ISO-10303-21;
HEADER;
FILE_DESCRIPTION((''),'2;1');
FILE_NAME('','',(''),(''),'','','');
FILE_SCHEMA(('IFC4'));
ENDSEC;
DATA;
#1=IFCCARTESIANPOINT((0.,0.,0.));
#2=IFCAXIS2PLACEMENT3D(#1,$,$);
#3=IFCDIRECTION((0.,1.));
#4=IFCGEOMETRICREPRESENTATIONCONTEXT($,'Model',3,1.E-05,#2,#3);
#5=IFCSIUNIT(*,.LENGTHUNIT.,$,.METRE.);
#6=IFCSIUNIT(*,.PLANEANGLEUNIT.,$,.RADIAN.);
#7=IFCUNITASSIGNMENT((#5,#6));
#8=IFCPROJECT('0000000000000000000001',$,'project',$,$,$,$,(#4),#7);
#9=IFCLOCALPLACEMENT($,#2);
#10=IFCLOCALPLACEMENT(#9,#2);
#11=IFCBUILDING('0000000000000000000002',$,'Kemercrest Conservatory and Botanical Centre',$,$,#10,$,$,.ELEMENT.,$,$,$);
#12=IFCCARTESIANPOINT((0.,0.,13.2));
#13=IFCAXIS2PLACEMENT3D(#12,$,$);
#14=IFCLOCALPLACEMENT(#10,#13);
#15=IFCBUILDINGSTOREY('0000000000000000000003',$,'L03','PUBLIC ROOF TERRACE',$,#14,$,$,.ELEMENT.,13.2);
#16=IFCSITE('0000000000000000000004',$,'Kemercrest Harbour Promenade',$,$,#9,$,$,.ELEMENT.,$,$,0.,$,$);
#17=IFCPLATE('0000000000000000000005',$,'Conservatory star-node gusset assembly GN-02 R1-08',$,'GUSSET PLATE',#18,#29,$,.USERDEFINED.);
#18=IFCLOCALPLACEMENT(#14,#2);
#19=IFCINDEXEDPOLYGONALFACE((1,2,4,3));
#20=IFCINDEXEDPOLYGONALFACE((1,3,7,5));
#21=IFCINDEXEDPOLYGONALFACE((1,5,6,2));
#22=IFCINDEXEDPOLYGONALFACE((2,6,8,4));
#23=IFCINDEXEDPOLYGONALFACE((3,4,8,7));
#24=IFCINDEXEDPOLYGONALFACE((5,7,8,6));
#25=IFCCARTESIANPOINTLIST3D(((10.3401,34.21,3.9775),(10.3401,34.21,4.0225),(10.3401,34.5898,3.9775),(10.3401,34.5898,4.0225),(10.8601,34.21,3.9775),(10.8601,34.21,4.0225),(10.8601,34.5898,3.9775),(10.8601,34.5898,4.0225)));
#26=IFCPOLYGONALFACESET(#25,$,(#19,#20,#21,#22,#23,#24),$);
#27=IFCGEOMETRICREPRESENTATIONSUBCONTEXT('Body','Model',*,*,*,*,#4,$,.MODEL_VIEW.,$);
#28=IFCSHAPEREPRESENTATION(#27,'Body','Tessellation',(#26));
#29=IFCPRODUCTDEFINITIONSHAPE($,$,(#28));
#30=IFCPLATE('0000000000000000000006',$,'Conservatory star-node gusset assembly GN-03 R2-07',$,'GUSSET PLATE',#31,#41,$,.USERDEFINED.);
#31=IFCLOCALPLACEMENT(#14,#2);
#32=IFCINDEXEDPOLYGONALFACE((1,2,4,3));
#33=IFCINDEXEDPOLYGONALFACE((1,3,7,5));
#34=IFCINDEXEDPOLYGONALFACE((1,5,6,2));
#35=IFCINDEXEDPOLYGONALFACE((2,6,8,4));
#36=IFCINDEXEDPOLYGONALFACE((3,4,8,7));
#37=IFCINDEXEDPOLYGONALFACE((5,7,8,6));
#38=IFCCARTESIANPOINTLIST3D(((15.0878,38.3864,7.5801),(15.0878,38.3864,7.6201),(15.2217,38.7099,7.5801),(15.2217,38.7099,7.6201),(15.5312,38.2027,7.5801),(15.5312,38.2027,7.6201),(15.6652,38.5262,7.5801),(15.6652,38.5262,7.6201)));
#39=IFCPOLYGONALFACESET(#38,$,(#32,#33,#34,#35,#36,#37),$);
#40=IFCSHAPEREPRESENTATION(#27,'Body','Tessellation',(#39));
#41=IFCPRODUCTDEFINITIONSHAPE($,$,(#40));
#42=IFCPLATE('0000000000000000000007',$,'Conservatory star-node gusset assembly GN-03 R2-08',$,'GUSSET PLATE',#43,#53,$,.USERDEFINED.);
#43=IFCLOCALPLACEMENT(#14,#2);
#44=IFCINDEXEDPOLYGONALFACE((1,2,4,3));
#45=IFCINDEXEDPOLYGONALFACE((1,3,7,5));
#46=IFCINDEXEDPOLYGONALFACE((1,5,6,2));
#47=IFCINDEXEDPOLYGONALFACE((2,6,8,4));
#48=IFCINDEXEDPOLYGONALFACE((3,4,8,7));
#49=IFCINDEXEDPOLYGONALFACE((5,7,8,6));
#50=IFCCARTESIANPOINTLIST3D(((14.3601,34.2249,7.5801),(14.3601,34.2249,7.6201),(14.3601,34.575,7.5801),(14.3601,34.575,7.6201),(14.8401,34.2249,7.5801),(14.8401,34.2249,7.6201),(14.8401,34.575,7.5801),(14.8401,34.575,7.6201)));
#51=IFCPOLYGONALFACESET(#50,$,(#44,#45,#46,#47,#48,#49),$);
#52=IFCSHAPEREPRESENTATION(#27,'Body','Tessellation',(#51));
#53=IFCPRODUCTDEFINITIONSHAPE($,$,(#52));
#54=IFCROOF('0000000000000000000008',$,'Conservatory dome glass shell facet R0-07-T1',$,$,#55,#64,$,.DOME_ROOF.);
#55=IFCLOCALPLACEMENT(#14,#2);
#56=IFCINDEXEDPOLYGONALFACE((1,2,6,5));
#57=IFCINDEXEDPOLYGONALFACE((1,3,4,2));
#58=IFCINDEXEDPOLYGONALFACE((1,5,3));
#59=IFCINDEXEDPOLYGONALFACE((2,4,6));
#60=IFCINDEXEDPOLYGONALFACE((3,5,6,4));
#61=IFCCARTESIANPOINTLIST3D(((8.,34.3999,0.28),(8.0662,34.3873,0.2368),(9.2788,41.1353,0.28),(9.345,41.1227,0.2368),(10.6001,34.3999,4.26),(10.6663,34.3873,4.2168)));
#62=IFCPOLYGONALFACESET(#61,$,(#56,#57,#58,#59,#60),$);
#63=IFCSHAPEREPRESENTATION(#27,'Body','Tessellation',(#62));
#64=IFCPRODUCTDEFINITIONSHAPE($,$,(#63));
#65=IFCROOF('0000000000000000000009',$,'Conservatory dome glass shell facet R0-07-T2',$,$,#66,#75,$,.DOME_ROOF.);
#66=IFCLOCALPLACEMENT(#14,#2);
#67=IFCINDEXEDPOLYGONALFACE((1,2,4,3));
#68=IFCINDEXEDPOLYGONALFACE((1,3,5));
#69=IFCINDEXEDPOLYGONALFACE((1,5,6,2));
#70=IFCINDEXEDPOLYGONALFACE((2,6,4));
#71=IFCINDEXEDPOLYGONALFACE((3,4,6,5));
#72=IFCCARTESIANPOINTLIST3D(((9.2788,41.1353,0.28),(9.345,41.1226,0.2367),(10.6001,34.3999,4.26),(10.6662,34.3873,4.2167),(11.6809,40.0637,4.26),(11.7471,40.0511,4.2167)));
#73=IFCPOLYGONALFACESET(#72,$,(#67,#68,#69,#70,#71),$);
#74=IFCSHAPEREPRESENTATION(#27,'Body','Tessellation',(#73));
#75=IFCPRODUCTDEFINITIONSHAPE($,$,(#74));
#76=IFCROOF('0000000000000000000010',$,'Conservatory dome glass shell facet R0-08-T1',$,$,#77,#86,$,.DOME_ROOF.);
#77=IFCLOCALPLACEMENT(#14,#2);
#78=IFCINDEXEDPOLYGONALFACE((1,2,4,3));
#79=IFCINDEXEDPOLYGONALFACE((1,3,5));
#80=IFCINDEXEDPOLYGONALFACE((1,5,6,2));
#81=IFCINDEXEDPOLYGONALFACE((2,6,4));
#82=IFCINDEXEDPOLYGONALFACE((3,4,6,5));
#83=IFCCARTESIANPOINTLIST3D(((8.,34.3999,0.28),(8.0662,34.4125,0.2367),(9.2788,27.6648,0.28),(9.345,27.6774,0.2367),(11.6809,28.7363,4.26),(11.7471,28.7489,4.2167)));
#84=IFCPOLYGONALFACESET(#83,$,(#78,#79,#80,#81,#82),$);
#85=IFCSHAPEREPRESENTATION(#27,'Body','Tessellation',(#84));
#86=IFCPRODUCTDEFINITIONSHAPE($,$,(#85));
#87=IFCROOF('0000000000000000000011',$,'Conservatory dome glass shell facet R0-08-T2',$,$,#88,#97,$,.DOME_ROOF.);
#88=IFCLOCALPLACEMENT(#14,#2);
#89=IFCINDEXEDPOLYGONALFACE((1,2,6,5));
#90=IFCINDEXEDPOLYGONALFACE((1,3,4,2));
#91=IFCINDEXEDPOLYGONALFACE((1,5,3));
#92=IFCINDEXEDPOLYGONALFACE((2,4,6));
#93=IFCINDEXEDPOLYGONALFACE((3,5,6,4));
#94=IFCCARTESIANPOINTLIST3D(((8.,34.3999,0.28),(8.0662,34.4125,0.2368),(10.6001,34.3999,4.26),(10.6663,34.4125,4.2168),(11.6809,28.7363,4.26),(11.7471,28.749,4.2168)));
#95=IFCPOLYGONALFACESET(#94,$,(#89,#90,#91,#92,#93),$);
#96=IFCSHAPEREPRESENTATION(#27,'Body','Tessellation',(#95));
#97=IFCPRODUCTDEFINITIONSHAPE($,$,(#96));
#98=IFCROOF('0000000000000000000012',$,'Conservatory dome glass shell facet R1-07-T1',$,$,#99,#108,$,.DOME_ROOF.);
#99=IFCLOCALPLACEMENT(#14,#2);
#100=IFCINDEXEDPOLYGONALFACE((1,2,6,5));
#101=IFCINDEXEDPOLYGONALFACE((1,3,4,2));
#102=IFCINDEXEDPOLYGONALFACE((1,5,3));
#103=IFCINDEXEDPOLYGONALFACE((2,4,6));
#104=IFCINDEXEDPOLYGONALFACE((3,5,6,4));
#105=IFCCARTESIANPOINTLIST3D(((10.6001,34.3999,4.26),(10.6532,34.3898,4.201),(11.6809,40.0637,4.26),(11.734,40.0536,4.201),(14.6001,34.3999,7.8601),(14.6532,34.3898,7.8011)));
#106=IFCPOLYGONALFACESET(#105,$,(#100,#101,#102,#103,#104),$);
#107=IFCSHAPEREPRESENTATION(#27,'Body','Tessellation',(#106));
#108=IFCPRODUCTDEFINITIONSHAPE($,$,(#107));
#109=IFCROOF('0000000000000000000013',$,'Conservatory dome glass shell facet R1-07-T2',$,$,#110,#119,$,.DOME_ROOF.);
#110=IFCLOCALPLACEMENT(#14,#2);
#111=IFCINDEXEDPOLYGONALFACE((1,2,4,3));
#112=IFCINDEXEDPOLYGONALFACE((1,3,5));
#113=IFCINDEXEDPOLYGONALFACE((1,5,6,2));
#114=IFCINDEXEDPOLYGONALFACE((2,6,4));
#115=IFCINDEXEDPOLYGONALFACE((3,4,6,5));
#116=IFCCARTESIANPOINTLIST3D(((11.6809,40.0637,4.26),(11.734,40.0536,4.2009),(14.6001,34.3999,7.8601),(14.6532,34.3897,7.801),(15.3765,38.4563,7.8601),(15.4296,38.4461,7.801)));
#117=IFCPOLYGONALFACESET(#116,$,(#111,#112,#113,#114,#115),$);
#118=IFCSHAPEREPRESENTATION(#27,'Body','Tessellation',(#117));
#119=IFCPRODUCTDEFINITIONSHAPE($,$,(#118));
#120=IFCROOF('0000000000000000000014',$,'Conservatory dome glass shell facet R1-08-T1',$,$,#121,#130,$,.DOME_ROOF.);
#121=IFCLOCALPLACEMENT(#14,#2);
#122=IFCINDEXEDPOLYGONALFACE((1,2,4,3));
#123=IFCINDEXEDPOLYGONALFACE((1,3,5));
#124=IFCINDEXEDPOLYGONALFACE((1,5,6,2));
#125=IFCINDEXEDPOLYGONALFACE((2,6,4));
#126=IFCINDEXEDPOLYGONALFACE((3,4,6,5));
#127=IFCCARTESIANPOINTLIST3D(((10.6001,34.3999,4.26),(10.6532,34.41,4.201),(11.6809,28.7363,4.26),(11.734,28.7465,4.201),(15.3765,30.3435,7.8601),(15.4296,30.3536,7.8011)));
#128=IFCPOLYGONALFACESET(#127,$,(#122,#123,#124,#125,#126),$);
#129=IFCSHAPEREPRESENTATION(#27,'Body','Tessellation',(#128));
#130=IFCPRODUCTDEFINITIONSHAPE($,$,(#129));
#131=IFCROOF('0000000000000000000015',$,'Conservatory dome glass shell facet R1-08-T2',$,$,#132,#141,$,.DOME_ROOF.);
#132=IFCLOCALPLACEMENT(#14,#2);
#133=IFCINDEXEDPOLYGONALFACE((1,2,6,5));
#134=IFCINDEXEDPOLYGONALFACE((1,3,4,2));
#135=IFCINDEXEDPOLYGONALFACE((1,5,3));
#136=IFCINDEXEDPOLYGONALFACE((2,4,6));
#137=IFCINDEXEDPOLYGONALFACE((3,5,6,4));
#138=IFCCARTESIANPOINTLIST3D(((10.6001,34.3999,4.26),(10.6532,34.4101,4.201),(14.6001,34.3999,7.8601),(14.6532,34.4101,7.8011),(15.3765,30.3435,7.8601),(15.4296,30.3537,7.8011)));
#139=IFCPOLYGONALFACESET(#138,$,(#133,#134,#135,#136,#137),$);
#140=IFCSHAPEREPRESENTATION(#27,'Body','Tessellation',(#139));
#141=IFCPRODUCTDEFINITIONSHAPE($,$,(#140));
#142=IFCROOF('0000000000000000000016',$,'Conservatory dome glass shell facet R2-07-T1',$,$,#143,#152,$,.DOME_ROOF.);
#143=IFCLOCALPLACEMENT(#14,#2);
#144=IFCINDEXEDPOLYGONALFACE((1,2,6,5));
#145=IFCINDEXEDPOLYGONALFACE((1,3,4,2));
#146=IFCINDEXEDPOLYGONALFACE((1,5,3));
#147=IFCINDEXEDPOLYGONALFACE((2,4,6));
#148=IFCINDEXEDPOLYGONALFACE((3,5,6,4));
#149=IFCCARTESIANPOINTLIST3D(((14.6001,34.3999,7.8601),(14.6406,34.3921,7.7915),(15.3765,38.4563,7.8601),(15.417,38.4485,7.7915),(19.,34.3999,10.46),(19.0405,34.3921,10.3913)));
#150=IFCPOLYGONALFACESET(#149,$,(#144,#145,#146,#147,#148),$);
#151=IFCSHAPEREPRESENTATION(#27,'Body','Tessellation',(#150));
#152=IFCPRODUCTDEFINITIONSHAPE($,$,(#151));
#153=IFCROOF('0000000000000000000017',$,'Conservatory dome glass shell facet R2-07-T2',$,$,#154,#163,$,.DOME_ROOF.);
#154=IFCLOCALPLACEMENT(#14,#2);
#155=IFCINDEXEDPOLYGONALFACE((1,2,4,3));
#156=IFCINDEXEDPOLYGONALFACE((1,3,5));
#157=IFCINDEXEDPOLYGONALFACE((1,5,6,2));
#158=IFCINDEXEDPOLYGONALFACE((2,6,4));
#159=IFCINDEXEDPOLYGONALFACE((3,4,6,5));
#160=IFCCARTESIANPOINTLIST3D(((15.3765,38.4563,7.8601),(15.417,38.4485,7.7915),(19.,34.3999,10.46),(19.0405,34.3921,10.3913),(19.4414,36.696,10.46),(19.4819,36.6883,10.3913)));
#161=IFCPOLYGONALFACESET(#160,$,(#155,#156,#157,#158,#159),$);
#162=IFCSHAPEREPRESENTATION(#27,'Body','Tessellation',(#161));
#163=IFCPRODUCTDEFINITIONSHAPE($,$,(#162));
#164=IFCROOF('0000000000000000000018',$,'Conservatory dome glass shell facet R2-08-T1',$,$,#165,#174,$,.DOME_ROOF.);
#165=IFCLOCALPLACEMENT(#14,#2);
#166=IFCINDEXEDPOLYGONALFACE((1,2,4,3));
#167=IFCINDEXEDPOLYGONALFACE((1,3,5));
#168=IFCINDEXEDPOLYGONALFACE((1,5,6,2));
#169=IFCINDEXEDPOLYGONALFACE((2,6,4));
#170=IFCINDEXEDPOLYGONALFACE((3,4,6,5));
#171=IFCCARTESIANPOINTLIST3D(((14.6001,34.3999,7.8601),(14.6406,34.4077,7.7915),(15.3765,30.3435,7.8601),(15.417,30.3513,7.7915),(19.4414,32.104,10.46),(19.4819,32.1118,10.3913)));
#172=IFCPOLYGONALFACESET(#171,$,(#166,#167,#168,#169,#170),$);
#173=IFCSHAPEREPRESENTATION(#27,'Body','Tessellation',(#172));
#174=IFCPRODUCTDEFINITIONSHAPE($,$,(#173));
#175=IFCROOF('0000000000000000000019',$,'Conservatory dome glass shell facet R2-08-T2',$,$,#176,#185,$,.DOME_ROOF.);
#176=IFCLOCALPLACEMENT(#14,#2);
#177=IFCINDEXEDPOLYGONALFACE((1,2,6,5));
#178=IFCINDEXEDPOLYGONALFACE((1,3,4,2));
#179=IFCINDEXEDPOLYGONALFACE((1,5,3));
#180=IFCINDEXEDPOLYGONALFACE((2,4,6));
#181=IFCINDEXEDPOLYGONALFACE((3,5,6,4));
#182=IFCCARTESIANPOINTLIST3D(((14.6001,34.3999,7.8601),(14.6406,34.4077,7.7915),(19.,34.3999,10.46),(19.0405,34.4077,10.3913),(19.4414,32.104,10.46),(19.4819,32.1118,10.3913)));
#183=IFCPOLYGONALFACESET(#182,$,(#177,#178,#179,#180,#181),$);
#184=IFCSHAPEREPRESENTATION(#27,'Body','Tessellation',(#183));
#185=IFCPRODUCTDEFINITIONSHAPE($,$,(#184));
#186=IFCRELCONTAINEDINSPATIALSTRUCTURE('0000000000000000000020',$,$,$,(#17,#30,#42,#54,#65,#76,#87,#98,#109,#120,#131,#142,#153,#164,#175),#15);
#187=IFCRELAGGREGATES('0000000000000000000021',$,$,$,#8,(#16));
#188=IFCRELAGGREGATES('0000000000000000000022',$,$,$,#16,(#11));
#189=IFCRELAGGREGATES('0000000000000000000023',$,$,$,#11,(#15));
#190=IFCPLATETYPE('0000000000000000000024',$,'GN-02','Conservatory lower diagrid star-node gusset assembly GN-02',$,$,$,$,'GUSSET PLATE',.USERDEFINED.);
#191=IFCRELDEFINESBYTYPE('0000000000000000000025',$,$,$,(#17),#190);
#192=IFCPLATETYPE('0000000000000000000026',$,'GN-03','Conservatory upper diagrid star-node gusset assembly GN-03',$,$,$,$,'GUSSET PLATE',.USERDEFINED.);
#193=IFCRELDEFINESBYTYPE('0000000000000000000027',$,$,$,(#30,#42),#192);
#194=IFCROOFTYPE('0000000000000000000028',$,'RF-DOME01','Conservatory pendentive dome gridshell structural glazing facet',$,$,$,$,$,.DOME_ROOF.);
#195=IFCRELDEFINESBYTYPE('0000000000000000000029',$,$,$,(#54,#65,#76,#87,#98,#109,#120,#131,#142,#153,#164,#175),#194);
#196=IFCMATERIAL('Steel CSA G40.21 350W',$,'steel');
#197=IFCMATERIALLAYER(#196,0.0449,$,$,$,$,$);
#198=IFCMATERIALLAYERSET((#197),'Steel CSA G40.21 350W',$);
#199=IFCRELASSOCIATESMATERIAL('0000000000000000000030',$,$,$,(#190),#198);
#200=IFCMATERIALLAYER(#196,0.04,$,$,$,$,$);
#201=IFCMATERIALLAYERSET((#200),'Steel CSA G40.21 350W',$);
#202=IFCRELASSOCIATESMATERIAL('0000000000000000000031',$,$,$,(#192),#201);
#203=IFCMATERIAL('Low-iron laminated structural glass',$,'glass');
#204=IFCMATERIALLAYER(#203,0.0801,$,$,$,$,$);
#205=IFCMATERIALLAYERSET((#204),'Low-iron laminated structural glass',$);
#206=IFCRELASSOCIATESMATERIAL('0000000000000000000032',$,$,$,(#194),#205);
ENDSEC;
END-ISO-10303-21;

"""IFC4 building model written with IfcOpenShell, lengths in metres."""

from ifc_helpers import new_model, si_unit, direction, frame, origin, origin_2d, place, context, subcontext, project, spatial, polyline, rectangle, outline, extrude, material, layer, layer_set, type_object, element, save


model = new_model("IFC4")

# Units and contexts
model_context = context("Model", 3, precision=1e-05, world=origin(), true_north=direction((0.0, 1.0)))
body_context = subcontext(model_context, "Body", "Model", "MODEL_VIEW")
ifc_project = project(units=[si_unit("LENGTHUNIT", "METRE"), si_unit("PLANEANGLEUNIT", "RADIAN")], contexts=[model_context])

# Site, building, storey
site_placement = place(None, origin())
site = spatial("IfcSite", under=ifc_project, at=site_placement, Name="Kemercrest Harbour Promenade", CompositionType="ELEMENT", RefElevation=0.0)
building_placement = place(site_placement, origin())
building = spatial("IfcBuilding", under=site, at=building_placement, Name="Kemercrest Conservatory and Botanical Centre", CompositionType="ELEMENT")
storey_placement = place(building_placement, frame((0.0, 0.0, 13.2)))
storey = spatial("IfcBuildingStorey", under=building, at=storey_placement, Name="L03", Description="PUBLIC ROOF TERRACE", CompositionType="ELEMENT", Elevation=13.2)

# Shared definitions
ifc_material_1 = material(Name="Steel CSA G40.21 350W", Category="steel")

# Plates
ifc_layer_1 = layer(ifc_material_1, 0.0449)
ifc_layer_set_1 = layer_set([ifc_layer_1], Name="Steel CSA G40.21 350W")
plate_type_1 = type_object("IfcPlateType", Name="GN-02", Description="Conservatory lower diagrid star-node gusset assembly GN-02", ElementType="GUSSET PLATE", PredefinedType="USERDEFINED", material=ifc_layer_set_1)
for number, where, z_axis, x_axis, name in (
    (1, (10.6001, 34.3999, 3.9775), (0.0, 0.0, 1.0), (1.0, 0.0, 0.0), "Conservatory star-node gusset assembly GN-02 R1-08"),
):
    element("IfcPlate", number, at=place(storey_placement, frame(where, z_axis=z_axis, x_axis=x_axis)), inside=storey, type_object=plate_type_1, Name=name, ObjectType="GUSSET PLATE", PredefinedType="USERDEFINED", context=body_context, shape_type="SweptSolid", body=[
        extrude(rectangle(XDim=0.52, YDim=0.3799, at=origin_2d()), origin(), (0.0, 0.0, 1.0), 0.0449),
    ])
ifc_layer_2 = layer(ifc_material_1, 0.04)
ifc_layer_set_2 = layer_set([ifc_layer_2], Name="Steel CSA G40.21 350W")
plate_type_2 = type_object("IfcPlateType", Name="GN-03", Description="Conservatory upper diagrid star-node gusset assembly GN-03", ElementType="GUSSET PLATE", PredefinedType="USERDEFINED", material=ifc_layer_set_2)
for number, where, z_axis, x_axis, name in (
    (2, (15.3765, 38.4563, 7.5801), (0.0, 0.0, 1.0), (-0.92388, 0.382683, 0.0), "Conservatory star-node gusset assembly GN-03 R2-07"),
    (3, (14.6001, 34.3999, 7.5801), (0.0, 0.0, 1.0), (1.0, 0.0, 0.0), "Conservatory star-node gusset assembly GN-03 R2-08"),
):
    element("IfcPlate", number, at=place(storey_placement, frame(where, z_axis=z_axis, x_axis=x_axis)), inside=storey, type_object=plate_type_2, Name=name, ObjectType="GUSSET PLATE", PredefinedType="USERDEFINED", context=body_context, shape_type="SweptSolid", body=[
        extrude(rectangle(XDim=0.48, YDim=0.3501, at=origin_2d()), origin(), (0.0, 0.0, 1.0), 0.04),
    ])

# Roofs
ifc_material_2 = material(Name="Low-iron laminated structural glass", Category="glass")
ifc_layer_3 = layer(ifc_material_2, 0.0801)
ifc_layer_set_3 = layer_set([ifc_layer_3], Name="Low-iron laminated structural glass")
roof_type = type_object("IfcRoofType", Name="RF-DOME01", Description="Conservatory pendentive dome gridshell structural glazing facet", PredefinedType="DOME_ROOF", material=ifc_layer_set_3)
roof_1_placement = place(storey_placement, frame((9.2788, 41.1353, 0.28), z_axis=(-0.826802, 0.156981, 0.540145), x_axis=(-0.186533, -0.982449, 0.0)))
element("IfcRoof", 4, at=roof_1_placement, inside=storey, type_object=roof_type, Name="Conservatory dome glass shell facet R0-07-T1", PredefinedType="DOME_ROOF", context=body_context, shape_type="SweptSolid", body=[
    extrude(outline(polyline([(0.0, 0.0), (6.8557, 0.0), (6.3707, 4.7292), (0.0, 0.0)])), origin(), (0.0, 0.0, -1.0), 0.0801),
])
roof_2_placement = place(storey_placement, frame((9.2788, 41.1353, 0.28), z_axis=(-0.826097, 0.157642, 0.541029), x_axis=(0.166532, -0.848905, 0.501625)))
element("IfcRoof", 5, at=roof_2_placement, inside=storey, type_object=roof_type, Name="Conservatory dome glass shell facet R0-07-T2", PredefinedType="DOME_ROOF", context=body_context, shape_type="SweptSolid", body=[
    extrude(outline(polyline([(0.0, 0.0), (7.9342, 0.0), (3.3061, 3.4392), (0.0, 0.0)])), origin(), (0.0, 0.0, -1.0), 0.0801),
])
roof_3_placement = place(storey_placement, frame((8.0, 34.3999, 0.28), z_axis=(-0.826295, -0.15689, 0.540946), x_axis=(0.186539, -0.982447, 0.0)))
element("IfcRoof", 6, at=roof_3_placement, inside=storey, type_object=roof_type, Name="Conservatory dome glass shell facet R0-08-T1", PredefinedType="DOME_ROOF", context=body_context, shape_type="SweptSolid", body=[
    extrude(outline(polyline([(0.0, 0.0), (6.8554, 0.0), (6.2508, 4.7321), (0.0, 0.0)])), origin(), (0.0, 0.0, -1.0), 0.0801),
])
roof_4_placement = place(storey_placement, frame((8.0, 34.3999, 0.28), z_axis=(-0.826697, -0.157763, 0.540076), x_axis=(0.469504, -0.722396, 0.507651)))
element("IfcRoof", 7, at=roof_4_placement, inside=storey, type_object=roof_type, Name="Conservatory dome glass shell facet R0-08-T2", PredefinedType="DOME_ROOF", context=body_context, shape_type="SweptSolid", body=[
    extrude(outline(polyline([(0.0, 0.0), (7.84, 0.0), (3.2412, 3.4778), (0.0, 0.0)])), origin(), (0.0, 0.0, -1.0), 0.0801),
])
roof_5_placement = place(storey_placement, frame((11.6809, 40.0637, 4.26), z_axis=(-0.663589, 0.126631, 0.737302), x_axis=(-0.187445, -0.982275, 0.0)))
element("IfcRoof", 8, at=roof_5_placement, inside=storey, type_object=roof_type, Name="Conservatory dome glass shell facet R1-07-T1", PredefinedType="DOME_ROOF", context=body_context, shape_type="SweptSolid", body=[
    extrude(outline(polyline([(0.0, 0.0), (5.766, 0.0), (5.0162, 5.329), (0.0, 0.0)])), origin(), (0.0, 0.0, -1.0), 0.0801),
])
roof_6_placement = place(storey_placement, frame((11.6809, 40.0637, 4.26), z_axis=(-0.663269, 0.126945, 0.737536), x_axis=(0.398875, -0.773899, 0.491914)))
element("IfcRoof", 9, at=roof_6_placement, inside=storey, type_object=roof_type, Name="Conservatory dome glass shell facet R1-07-T2", PredefinedType="DOME_ROOF", context=body_context, shape_type="SweptSolid", body=[
    extrude(outline(polyline([(0.0, 0.0), (7.3186, 0.0), (4.489, 3.0084), (0.0, 0.0)])), origin(), (0.0, 0.0, -1.0), 0.0801),
])
roof_7_placement = place(storey_placement, frame((10.6001, 34.3999, 4.26), z_axis=(-0.663385, -0.126597, 0.737491), x_axis=(0.187453, -0.982274, 0.0)))
element("IfcRoof", 10, at=roof_7_placement, inside=storey, type_object=roof_type, Name="Conservatory dome glass shell facet R1-08-T1", PredefinedType="DOME_ROOF", context=body_context, shape_type="SweptSolid", body=[
    extrude(outline(polyline([(0.0, 0.0), (5.7658, 0.0), (4.8798, 5.3307), (0.0, 0.0)])), origin(), (0.0, 0.0, -1.0), 0.0801),
])
roof_8_placement = place(storey_placement, frame((10.6001, 34.3999, 4.26), z_axis=(-0.663558, -0.127001, 0.737266), x_axis=(0.660911, -0.561288, 0.498149)))
element("IfcRoof", 11, at=roof_8_placement, inside=storey, type_object=roof_type, Name="Conservatory dome glass shell facet R1-08-T2", PredefinedType="DOME_ROOF", context=body_context, shape_type="SweptSolid", body=[
    extrude(outline(polyline([(0.0, 0.0), (7.2269, 0.0), (4.437, 3.0452), (0.0, 0.0)])), origin(), (0.0, 0.0, -1.0), 0.0801),
])
roof_9_placement = place(storey_placement, frame((15.3765, 38.4563, 7.8601), z_axis=(-0.506322, 0.096907, 0.856882), x_axis=(-0.187981, -0.982173, 0.0)))
element("IfcRoof", 12, at=roof_9_placement, inside=storey, type_object=roof_type, Name="Conservatory dome glass shell facet R2-07-T1", PredefinedType="DOME_ROOF", context=body_context, shape_type="SweptSolid", body=[
    extrude(outline(polyline([(0.0, 0.0), (4.13, 0.0), (3.3029, 5.0432), (0.0, 0.0)])), origin(), (0.0, 0.0, -1.0), 0.0801),
])
roof_10_placement = place(storey_placement, frame((15.3765, 38.4563, 7.8601), z_axis=(-0.506012, 0.097275, 0.857024), x_axis=(0.601061, -0.672863, 0.431256)))
element("IfcRoof", 13, at=roof_10_placement, inside=storey, type_object=roof_type, Name="Conservatory dome glass shell facet R2-07-T2", PredefinedType="DOME_ROOF", context=body_context, shape_type="SweptSolid", body=[
    extrude(outline(polyline([(0.0, 0.0), (6.0286, 0.0), (4.7489, 1.9569), (0.0, 0.0)])), origin(), (0.0, 0.0, -1.0), 0.0801),
])
roof_11_placement = place(storey_placement, frame((14.6001, 34.3999, 7.8601), z_axis=(-0.506154, -0.096875, 0.856985), x_axis=(0.187981, -0.982173, 0.0)))
element("IfcRoof", 14, at=roof_11_placement, inside=storey, type_object=roof_type, Name="Conservatory dome glass shell facet R2-08-T1", PredefinedType="DOME_ROOF", context=body_context, shape_type="SweptSolid", body=[
    extrude(outline(polyline([(0.0, 0.0), (4.13, 0.0), (3.165, 5.0449), (0.0, 0.0)])), origin(), (0.0, 0.0, -1.0), 0.0801),
])
roof_12_placement = place(storey_placement, frame((14.6001, 34.3999, 7.8601), z_axis=(-0.506301, -0.097341, 0.856846), x_axis=(0.812906, -0.385505, 0.436542)))
element("IfcRoof", 15, at=roof_12_placement, inside=storey, type_object=roof_type, Name="Conservatory dome glass shell facet R2-08-T2", PredefinedType="DOME_ROOF", context=body_context, shape_type="SweptSolid", body=[
    extrude(outline(polyline([(0.0, 0.0), (5.9556, 0.0), (4.7117, 1.9796), (0.0, 0.0)])), origin(), (0.0, 0.0, -1.0), 0.0801),
])

save(model, "model.ifc")
